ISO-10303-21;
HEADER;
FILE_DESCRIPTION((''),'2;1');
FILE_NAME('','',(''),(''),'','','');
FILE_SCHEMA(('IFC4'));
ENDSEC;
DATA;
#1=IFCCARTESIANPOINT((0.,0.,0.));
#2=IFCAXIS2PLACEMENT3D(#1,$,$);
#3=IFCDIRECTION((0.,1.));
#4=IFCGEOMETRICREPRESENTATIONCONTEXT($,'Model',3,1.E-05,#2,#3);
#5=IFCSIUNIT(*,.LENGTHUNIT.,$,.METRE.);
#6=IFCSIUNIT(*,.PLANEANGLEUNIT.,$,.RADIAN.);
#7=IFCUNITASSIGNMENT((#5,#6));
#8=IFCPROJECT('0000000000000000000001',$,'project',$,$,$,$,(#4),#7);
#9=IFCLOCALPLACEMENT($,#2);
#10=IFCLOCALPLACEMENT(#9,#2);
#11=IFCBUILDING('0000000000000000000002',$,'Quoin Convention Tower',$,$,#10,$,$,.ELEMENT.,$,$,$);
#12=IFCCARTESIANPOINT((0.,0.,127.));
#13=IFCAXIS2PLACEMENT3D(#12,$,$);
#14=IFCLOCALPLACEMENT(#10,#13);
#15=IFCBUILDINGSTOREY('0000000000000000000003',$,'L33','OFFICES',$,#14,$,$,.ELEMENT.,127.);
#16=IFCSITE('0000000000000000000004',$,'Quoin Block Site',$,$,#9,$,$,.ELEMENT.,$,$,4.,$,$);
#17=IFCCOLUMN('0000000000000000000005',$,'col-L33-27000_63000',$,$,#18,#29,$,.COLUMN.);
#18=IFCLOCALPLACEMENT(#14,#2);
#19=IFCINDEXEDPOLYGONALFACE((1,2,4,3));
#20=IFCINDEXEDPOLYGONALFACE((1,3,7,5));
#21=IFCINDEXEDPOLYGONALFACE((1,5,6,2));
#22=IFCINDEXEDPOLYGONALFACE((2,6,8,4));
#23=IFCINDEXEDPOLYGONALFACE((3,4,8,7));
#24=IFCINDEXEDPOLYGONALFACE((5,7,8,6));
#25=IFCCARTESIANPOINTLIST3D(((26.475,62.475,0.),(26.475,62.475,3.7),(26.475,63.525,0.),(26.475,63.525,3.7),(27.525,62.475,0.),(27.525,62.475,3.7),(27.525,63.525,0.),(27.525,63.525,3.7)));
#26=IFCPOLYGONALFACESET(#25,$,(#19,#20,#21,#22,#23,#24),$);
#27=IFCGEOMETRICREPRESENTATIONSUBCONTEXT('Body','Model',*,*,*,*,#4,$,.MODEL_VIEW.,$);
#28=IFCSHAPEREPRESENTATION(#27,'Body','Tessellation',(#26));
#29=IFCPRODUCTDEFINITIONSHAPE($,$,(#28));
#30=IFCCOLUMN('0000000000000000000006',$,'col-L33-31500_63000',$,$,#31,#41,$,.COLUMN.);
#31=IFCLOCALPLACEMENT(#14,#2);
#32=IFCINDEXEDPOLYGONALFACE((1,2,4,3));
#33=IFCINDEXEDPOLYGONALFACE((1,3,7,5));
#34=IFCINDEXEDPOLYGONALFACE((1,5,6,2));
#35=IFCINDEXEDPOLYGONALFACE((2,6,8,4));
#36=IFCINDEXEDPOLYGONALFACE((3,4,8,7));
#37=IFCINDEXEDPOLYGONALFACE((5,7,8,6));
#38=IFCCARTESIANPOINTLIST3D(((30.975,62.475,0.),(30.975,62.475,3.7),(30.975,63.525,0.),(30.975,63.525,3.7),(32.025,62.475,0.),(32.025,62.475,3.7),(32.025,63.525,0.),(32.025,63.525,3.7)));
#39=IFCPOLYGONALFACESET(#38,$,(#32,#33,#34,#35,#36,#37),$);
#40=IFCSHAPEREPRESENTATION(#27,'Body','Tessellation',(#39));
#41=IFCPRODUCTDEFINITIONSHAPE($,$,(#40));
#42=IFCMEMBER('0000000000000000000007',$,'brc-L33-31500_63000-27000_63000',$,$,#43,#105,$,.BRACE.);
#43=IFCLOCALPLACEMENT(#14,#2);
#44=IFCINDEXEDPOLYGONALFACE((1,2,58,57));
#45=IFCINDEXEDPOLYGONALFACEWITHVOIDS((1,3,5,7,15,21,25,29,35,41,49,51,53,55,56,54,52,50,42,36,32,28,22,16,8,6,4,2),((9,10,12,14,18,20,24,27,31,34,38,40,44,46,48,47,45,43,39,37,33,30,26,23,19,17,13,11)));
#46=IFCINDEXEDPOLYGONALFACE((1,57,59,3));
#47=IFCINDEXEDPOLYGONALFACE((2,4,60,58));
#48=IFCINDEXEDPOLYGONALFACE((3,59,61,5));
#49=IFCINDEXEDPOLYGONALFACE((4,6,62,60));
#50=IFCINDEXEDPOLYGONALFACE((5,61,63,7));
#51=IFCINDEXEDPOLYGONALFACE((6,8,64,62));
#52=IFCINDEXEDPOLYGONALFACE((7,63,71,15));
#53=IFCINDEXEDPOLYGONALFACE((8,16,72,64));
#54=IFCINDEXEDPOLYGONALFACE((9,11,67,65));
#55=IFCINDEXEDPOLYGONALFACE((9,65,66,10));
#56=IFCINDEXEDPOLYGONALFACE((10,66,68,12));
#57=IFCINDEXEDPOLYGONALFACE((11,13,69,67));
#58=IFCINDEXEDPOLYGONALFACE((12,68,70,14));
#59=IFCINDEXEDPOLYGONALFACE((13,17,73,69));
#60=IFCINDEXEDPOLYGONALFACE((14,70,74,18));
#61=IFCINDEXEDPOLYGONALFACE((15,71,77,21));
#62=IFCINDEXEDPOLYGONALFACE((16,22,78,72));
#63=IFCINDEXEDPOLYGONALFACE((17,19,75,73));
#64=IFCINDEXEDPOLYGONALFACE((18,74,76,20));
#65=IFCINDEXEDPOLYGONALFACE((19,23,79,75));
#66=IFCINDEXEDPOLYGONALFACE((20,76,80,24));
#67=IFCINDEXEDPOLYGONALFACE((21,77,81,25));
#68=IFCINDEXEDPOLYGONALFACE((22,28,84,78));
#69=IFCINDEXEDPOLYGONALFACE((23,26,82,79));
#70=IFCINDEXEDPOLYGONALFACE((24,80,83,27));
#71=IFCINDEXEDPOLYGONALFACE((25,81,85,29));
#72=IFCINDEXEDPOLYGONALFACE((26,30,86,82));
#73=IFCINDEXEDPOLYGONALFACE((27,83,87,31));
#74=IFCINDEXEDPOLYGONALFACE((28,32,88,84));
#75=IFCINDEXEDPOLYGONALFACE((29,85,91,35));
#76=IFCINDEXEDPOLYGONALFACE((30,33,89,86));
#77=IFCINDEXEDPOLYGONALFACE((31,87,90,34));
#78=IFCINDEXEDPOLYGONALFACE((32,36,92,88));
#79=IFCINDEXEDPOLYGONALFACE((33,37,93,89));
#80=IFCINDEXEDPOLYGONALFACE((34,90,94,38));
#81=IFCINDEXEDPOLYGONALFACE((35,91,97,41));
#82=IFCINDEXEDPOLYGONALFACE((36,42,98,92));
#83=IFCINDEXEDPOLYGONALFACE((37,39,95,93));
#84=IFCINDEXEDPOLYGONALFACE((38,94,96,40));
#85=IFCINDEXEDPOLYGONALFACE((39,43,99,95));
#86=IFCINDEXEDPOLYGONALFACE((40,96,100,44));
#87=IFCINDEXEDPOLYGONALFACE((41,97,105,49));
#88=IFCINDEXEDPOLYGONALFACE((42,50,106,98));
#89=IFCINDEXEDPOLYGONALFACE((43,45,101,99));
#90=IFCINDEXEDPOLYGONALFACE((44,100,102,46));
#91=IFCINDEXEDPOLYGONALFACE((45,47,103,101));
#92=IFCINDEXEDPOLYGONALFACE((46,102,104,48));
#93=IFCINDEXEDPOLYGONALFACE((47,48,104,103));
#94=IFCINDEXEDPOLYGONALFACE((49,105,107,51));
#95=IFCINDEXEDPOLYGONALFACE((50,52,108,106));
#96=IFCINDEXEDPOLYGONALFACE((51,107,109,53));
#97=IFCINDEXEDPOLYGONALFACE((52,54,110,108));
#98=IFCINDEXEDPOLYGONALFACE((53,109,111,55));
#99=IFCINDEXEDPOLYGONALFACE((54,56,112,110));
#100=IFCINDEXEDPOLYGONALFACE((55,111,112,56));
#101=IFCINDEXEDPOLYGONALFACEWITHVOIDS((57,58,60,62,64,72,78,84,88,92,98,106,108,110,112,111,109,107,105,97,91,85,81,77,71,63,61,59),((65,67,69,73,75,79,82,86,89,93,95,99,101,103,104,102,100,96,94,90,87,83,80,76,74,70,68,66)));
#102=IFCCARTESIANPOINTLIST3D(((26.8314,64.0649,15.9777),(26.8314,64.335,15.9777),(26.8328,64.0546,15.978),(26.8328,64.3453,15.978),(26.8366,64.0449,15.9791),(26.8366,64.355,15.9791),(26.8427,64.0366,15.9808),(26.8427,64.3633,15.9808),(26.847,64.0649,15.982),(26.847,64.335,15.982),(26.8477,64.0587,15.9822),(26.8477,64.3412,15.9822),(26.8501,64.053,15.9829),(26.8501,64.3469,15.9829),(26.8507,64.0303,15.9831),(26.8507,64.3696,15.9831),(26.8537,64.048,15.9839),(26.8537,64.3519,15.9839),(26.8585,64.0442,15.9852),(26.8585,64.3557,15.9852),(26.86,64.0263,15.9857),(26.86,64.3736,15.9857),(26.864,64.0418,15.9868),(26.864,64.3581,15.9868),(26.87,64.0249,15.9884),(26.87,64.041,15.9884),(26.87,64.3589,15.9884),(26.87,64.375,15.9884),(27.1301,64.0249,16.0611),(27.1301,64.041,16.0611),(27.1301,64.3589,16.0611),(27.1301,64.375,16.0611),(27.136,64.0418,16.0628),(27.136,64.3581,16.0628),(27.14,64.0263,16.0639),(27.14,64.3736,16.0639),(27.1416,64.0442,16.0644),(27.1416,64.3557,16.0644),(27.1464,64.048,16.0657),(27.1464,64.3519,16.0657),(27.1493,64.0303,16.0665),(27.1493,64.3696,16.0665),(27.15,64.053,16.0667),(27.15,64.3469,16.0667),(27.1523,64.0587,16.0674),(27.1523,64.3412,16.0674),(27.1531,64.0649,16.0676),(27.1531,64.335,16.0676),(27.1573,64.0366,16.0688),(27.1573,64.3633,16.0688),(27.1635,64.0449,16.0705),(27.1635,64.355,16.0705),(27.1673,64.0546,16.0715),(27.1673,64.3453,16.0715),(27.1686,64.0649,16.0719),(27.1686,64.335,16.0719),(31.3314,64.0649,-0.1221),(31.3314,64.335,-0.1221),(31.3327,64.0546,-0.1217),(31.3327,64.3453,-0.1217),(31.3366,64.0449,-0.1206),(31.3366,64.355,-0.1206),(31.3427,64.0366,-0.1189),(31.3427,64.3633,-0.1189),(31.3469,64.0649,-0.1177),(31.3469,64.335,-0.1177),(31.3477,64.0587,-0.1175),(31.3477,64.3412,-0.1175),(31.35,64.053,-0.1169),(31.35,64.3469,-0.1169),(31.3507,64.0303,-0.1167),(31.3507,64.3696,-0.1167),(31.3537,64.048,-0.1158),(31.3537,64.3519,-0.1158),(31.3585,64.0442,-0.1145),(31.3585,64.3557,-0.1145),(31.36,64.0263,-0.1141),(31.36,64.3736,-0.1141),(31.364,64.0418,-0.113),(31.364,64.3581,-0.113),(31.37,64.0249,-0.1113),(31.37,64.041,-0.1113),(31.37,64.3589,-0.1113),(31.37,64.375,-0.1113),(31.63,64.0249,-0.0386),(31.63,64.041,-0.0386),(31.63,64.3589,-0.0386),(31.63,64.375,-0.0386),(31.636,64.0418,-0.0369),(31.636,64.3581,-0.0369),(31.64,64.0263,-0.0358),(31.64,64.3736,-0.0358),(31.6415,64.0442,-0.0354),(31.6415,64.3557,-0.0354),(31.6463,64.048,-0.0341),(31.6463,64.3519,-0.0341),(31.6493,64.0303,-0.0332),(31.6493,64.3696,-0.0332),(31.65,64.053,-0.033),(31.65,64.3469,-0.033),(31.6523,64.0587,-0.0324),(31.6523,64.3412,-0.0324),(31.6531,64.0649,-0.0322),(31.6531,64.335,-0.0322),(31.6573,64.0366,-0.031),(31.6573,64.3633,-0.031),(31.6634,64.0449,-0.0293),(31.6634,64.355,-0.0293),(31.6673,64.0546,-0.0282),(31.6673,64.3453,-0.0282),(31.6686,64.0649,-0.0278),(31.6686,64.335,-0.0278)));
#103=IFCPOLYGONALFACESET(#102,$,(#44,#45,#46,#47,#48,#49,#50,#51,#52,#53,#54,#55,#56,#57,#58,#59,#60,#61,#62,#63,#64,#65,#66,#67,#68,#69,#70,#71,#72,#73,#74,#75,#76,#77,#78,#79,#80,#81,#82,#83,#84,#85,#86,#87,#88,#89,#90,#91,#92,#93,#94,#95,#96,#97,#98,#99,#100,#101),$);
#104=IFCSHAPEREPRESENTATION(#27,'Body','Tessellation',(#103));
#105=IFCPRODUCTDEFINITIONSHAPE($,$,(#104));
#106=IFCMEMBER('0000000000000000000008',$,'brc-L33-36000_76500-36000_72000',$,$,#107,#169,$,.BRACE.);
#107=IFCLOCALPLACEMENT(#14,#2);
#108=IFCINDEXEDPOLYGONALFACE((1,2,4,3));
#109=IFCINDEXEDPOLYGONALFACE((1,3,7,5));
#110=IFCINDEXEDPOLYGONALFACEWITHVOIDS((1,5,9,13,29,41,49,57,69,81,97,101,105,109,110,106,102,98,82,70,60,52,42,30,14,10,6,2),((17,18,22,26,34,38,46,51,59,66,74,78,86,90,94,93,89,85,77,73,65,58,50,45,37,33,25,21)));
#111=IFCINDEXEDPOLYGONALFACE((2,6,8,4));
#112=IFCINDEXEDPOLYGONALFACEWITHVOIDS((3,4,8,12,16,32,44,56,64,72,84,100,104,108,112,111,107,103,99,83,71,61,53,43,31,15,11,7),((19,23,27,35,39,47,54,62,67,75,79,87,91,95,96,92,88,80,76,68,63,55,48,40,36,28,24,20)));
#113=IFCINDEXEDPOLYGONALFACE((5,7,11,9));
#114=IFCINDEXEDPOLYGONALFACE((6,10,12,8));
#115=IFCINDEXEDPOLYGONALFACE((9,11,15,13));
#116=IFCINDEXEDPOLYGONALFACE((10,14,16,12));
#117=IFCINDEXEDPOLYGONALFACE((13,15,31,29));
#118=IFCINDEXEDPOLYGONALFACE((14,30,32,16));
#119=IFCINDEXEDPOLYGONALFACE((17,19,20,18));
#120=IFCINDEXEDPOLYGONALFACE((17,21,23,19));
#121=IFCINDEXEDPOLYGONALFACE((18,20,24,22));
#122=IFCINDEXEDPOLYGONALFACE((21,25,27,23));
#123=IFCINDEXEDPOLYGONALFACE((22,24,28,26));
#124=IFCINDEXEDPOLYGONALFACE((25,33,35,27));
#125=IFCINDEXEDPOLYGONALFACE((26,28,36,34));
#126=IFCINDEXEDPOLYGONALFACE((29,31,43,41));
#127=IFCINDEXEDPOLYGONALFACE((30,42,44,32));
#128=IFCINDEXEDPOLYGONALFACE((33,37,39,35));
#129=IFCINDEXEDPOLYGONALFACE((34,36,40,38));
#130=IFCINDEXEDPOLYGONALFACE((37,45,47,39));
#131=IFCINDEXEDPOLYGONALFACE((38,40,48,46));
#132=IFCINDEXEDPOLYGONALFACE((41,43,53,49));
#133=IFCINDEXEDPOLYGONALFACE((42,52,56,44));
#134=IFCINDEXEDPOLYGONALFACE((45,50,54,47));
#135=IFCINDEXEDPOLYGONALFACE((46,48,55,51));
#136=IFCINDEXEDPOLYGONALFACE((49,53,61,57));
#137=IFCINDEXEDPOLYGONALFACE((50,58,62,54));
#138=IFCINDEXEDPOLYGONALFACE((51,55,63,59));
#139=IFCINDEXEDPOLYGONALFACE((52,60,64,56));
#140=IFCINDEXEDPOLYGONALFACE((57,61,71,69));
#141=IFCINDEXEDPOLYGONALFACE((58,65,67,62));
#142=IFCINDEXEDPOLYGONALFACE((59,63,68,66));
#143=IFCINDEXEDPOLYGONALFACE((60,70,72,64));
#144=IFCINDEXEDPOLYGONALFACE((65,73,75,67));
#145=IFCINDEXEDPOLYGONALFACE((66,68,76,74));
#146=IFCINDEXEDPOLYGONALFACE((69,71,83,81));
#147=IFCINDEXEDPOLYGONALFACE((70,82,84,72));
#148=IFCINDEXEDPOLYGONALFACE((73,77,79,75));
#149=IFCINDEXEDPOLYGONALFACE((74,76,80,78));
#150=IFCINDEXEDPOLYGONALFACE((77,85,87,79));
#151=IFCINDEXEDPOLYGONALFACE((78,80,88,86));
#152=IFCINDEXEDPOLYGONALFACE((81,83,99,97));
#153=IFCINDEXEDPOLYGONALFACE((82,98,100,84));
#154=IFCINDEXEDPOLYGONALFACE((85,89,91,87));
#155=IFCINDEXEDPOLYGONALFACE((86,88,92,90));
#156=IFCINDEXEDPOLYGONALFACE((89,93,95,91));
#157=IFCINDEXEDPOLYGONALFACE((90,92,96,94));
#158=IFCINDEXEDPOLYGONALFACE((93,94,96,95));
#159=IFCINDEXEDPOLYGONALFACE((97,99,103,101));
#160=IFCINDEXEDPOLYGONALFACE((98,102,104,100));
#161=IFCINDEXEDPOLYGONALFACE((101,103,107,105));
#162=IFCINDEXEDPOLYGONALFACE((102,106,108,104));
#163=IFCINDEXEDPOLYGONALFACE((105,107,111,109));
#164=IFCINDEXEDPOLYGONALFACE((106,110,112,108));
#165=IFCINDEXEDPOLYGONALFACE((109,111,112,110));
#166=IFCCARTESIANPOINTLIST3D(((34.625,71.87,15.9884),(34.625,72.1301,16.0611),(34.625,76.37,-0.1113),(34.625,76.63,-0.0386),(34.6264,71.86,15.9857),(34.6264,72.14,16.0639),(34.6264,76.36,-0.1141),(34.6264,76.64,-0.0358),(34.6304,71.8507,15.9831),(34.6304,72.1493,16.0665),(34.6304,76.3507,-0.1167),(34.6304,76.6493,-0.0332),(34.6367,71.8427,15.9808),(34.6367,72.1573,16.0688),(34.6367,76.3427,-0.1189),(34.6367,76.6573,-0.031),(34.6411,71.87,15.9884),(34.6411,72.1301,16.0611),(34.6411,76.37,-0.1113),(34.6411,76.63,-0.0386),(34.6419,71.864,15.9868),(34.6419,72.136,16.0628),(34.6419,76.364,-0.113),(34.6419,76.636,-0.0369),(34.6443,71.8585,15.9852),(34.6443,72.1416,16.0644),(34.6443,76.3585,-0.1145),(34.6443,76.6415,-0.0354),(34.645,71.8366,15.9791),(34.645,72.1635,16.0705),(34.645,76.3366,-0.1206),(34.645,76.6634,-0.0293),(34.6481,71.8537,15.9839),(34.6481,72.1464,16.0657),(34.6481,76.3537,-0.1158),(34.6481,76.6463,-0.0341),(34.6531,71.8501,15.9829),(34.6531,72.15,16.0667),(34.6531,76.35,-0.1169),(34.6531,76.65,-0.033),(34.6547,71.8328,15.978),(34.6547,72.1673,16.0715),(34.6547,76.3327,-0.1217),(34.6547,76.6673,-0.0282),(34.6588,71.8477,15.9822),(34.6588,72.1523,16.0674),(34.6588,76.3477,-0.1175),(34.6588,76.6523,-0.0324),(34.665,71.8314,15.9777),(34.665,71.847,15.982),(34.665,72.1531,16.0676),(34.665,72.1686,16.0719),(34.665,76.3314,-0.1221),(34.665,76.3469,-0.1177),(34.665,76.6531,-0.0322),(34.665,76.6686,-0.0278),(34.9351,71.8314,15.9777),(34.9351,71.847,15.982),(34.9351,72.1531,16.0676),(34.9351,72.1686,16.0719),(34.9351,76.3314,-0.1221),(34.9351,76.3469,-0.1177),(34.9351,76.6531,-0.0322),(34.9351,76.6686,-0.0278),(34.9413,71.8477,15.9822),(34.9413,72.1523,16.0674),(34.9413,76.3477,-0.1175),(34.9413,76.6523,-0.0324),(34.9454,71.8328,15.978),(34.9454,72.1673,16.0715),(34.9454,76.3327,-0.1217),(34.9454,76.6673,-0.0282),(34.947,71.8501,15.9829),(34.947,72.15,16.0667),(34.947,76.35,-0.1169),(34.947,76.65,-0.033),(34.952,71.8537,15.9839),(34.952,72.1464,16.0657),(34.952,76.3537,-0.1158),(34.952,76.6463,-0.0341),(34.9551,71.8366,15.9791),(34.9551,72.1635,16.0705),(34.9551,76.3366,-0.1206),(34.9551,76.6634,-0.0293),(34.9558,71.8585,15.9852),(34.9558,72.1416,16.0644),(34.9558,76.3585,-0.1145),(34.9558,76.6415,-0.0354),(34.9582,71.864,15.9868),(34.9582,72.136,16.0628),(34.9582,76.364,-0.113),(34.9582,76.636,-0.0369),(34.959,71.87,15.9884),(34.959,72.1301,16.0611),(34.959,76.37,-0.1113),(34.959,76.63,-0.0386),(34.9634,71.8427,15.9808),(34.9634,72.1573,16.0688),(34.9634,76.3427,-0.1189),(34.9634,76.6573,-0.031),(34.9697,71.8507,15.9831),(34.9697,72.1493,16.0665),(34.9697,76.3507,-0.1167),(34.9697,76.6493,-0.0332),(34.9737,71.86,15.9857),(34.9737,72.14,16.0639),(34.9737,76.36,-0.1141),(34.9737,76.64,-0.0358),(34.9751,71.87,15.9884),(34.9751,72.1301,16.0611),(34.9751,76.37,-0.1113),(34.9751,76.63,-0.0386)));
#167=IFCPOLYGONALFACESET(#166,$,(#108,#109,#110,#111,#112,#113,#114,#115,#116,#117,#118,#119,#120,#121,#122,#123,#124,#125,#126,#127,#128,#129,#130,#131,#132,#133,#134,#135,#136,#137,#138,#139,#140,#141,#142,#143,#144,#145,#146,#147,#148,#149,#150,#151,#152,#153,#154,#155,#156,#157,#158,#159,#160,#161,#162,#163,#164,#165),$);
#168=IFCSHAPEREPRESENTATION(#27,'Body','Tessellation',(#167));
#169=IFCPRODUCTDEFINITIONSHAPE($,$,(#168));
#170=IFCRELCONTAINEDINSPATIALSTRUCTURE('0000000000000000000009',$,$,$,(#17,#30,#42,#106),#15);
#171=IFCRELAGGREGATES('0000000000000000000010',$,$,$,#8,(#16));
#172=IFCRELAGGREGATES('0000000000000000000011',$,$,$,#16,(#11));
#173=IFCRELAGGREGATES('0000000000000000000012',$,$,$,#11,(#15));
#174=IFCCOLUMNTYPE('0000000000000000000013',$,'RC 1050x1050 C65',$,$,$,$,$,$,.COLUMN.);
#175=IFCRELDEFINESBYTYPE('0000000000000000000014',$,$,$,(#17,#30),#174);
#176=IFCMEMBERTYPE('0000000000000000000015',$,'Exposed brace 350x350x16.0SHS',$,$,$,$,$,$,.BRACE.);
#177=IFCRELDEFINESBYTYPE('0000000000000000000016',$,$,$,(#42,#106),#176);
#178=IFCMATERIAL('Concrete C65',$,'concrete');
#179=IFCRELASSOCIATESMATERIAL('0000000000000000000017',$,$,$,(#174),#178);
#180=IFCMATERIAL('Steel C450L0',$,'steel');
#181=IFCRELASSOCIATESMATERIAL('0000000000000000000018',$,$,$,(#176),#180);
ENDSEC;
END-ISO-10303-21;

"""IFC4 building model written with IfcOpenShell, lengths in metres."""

from ifc_helpers import new_model, si_unit, direction, frame, origin, origin_2d, place, context, subcontext, project, spatial, rectangle, hollow_rectangle, extrude, material, material_profile, profile_set, type_object, element, save


model = new_model("IFC4")

# Units and contexts
model_context = context("Model", 3, precision=1e-05, world=origin(), true_north=direction((0.0, 1.0)))
body_context = subcontext(model_context, "Body", "Model", "MODEL_VIEW")
ifc_project = project(units=[si_unit("LENGTHUNIT", "METRE"), si_unit("PLANEANGLEUNIT", "RADIAN")], contexts=[model_context])

# Site, building, storey
site_placement = place(None, origin())
site = spatial("IfcSite", under=ifc_project, at=site_placement, Name="Quoin Block Site", CompositionType="ELEMENT", RefElevation=4.0)
building_placement = place(site_placement, origin())
building = spatial("IfcBuilding", under=site, at=building_placement, Name="Quoin Convention Tower", CompositionType="ELEMENT")
storey_placement = place(building_placement, frame((0.0, 0.0, 127.0)))
storey = spatial("IfcBuildingStorey", under=building, at=storey_placement, Name="L33", Description="OFFICES", CompositionType="ELEMENT", Elevation=127.0)

# Columns
ifc_material_1 = material(Name="Concrete C65", Category="concrete")
ifc_material_profile_1 = material_profile(ifc_material_1, rectangle(XDim=1.05, YDim=1.05, at=origin_2d()), Name="RC 1050x1050")
ifc_profile_set_1 = profile_set([ifc_material_profile_1], Name="Concrete C65")
column_type = type_object("IfcColumnType", Name="RC 1050x1050 C65", PredefinedType="COLUMN", material=ifc_profile_set_1)
for number, where, z_axis, x_axis, name in (
    (1, (27.0, 63.0, 0.0), (0.0, 0.0, 1.0), (1.0, 0.0, 0.0), "col-L33-27000_63000"),
    (2, (31.5, 63.0, 0.0), (0.0, 0.0, 1.0), (1.0, 0.0, 0.0), "col-L33-31500_63000"),
):
    element("IfcColumn", number, at=place(storey_placement, frame(where, z_axis=z_axis, x_axis=x_axis)), inside=storey, type_object=column_type, Name=name, PredefinedType="COLUMN", context=body_context, shape_type="SweptSolid", body=[
        extrude(rectangle(XDim=1.05, YDim=1.05, at=origin_2d()), origin(), (0.0, 0.0, 1.0), 3.7),
    ])

# Members
ifc_material_2 = material(Name="Steel C450L0", Category="steel")
ifc_material_profile_2 = material_profile(ifc_material_2, hollow_rectangle(XDim=0.3501, YDim=0.3501, WallThickness=0.0161, InnerFilletRadius=0.0239, OuterFilletRadius=0.04, at=origin_2d()), Name="350x350x16.0SHS")
ifc_profile_set_2 = profile_set([ifc_material_profile_2], Name="Steel C450L0")
member_type = type_object("IfcMemberType", Name="Exposed brace 350x350x16.0SHS", PredefinedType="BRACE", material=ifc_profile_set_2)
for number, where, z_axis, x_axis, name in (
    (3, (31.5, 64.2, -0.075), (-0.269188, 0.0, 0.963088), (0.0, -1.0, 0.0), "brc-L33-31500_63000-27000_63000"),
    (4, (34.8, 76.5, -0.075), (0.0, -0.269188, 0.963088), (1.0, 0.0, 0.0), "brc-L33-36000_76500-36000_72000"),
):
    element("IfcMember", number, at=place(storey_placement, frame(where, z_axis=z_axis, x_axis=x_axis)), inside=storey, type_object=member_type, Name=name, PredefinedType="BRACE", context=body_context, shape_type="SweptSolid", body=[
        extrude(hollow_rectangle(XDim=0.3501, YDim=0.3501, WallThickness=0.0161, InnerFilletRadius=0.0239, OuterFilletRadius=0.04, at=origin_2d()), origin(), (0.0, 0.0, 1.0), 16.7168),
    ])

save(model, "model.ifc")
